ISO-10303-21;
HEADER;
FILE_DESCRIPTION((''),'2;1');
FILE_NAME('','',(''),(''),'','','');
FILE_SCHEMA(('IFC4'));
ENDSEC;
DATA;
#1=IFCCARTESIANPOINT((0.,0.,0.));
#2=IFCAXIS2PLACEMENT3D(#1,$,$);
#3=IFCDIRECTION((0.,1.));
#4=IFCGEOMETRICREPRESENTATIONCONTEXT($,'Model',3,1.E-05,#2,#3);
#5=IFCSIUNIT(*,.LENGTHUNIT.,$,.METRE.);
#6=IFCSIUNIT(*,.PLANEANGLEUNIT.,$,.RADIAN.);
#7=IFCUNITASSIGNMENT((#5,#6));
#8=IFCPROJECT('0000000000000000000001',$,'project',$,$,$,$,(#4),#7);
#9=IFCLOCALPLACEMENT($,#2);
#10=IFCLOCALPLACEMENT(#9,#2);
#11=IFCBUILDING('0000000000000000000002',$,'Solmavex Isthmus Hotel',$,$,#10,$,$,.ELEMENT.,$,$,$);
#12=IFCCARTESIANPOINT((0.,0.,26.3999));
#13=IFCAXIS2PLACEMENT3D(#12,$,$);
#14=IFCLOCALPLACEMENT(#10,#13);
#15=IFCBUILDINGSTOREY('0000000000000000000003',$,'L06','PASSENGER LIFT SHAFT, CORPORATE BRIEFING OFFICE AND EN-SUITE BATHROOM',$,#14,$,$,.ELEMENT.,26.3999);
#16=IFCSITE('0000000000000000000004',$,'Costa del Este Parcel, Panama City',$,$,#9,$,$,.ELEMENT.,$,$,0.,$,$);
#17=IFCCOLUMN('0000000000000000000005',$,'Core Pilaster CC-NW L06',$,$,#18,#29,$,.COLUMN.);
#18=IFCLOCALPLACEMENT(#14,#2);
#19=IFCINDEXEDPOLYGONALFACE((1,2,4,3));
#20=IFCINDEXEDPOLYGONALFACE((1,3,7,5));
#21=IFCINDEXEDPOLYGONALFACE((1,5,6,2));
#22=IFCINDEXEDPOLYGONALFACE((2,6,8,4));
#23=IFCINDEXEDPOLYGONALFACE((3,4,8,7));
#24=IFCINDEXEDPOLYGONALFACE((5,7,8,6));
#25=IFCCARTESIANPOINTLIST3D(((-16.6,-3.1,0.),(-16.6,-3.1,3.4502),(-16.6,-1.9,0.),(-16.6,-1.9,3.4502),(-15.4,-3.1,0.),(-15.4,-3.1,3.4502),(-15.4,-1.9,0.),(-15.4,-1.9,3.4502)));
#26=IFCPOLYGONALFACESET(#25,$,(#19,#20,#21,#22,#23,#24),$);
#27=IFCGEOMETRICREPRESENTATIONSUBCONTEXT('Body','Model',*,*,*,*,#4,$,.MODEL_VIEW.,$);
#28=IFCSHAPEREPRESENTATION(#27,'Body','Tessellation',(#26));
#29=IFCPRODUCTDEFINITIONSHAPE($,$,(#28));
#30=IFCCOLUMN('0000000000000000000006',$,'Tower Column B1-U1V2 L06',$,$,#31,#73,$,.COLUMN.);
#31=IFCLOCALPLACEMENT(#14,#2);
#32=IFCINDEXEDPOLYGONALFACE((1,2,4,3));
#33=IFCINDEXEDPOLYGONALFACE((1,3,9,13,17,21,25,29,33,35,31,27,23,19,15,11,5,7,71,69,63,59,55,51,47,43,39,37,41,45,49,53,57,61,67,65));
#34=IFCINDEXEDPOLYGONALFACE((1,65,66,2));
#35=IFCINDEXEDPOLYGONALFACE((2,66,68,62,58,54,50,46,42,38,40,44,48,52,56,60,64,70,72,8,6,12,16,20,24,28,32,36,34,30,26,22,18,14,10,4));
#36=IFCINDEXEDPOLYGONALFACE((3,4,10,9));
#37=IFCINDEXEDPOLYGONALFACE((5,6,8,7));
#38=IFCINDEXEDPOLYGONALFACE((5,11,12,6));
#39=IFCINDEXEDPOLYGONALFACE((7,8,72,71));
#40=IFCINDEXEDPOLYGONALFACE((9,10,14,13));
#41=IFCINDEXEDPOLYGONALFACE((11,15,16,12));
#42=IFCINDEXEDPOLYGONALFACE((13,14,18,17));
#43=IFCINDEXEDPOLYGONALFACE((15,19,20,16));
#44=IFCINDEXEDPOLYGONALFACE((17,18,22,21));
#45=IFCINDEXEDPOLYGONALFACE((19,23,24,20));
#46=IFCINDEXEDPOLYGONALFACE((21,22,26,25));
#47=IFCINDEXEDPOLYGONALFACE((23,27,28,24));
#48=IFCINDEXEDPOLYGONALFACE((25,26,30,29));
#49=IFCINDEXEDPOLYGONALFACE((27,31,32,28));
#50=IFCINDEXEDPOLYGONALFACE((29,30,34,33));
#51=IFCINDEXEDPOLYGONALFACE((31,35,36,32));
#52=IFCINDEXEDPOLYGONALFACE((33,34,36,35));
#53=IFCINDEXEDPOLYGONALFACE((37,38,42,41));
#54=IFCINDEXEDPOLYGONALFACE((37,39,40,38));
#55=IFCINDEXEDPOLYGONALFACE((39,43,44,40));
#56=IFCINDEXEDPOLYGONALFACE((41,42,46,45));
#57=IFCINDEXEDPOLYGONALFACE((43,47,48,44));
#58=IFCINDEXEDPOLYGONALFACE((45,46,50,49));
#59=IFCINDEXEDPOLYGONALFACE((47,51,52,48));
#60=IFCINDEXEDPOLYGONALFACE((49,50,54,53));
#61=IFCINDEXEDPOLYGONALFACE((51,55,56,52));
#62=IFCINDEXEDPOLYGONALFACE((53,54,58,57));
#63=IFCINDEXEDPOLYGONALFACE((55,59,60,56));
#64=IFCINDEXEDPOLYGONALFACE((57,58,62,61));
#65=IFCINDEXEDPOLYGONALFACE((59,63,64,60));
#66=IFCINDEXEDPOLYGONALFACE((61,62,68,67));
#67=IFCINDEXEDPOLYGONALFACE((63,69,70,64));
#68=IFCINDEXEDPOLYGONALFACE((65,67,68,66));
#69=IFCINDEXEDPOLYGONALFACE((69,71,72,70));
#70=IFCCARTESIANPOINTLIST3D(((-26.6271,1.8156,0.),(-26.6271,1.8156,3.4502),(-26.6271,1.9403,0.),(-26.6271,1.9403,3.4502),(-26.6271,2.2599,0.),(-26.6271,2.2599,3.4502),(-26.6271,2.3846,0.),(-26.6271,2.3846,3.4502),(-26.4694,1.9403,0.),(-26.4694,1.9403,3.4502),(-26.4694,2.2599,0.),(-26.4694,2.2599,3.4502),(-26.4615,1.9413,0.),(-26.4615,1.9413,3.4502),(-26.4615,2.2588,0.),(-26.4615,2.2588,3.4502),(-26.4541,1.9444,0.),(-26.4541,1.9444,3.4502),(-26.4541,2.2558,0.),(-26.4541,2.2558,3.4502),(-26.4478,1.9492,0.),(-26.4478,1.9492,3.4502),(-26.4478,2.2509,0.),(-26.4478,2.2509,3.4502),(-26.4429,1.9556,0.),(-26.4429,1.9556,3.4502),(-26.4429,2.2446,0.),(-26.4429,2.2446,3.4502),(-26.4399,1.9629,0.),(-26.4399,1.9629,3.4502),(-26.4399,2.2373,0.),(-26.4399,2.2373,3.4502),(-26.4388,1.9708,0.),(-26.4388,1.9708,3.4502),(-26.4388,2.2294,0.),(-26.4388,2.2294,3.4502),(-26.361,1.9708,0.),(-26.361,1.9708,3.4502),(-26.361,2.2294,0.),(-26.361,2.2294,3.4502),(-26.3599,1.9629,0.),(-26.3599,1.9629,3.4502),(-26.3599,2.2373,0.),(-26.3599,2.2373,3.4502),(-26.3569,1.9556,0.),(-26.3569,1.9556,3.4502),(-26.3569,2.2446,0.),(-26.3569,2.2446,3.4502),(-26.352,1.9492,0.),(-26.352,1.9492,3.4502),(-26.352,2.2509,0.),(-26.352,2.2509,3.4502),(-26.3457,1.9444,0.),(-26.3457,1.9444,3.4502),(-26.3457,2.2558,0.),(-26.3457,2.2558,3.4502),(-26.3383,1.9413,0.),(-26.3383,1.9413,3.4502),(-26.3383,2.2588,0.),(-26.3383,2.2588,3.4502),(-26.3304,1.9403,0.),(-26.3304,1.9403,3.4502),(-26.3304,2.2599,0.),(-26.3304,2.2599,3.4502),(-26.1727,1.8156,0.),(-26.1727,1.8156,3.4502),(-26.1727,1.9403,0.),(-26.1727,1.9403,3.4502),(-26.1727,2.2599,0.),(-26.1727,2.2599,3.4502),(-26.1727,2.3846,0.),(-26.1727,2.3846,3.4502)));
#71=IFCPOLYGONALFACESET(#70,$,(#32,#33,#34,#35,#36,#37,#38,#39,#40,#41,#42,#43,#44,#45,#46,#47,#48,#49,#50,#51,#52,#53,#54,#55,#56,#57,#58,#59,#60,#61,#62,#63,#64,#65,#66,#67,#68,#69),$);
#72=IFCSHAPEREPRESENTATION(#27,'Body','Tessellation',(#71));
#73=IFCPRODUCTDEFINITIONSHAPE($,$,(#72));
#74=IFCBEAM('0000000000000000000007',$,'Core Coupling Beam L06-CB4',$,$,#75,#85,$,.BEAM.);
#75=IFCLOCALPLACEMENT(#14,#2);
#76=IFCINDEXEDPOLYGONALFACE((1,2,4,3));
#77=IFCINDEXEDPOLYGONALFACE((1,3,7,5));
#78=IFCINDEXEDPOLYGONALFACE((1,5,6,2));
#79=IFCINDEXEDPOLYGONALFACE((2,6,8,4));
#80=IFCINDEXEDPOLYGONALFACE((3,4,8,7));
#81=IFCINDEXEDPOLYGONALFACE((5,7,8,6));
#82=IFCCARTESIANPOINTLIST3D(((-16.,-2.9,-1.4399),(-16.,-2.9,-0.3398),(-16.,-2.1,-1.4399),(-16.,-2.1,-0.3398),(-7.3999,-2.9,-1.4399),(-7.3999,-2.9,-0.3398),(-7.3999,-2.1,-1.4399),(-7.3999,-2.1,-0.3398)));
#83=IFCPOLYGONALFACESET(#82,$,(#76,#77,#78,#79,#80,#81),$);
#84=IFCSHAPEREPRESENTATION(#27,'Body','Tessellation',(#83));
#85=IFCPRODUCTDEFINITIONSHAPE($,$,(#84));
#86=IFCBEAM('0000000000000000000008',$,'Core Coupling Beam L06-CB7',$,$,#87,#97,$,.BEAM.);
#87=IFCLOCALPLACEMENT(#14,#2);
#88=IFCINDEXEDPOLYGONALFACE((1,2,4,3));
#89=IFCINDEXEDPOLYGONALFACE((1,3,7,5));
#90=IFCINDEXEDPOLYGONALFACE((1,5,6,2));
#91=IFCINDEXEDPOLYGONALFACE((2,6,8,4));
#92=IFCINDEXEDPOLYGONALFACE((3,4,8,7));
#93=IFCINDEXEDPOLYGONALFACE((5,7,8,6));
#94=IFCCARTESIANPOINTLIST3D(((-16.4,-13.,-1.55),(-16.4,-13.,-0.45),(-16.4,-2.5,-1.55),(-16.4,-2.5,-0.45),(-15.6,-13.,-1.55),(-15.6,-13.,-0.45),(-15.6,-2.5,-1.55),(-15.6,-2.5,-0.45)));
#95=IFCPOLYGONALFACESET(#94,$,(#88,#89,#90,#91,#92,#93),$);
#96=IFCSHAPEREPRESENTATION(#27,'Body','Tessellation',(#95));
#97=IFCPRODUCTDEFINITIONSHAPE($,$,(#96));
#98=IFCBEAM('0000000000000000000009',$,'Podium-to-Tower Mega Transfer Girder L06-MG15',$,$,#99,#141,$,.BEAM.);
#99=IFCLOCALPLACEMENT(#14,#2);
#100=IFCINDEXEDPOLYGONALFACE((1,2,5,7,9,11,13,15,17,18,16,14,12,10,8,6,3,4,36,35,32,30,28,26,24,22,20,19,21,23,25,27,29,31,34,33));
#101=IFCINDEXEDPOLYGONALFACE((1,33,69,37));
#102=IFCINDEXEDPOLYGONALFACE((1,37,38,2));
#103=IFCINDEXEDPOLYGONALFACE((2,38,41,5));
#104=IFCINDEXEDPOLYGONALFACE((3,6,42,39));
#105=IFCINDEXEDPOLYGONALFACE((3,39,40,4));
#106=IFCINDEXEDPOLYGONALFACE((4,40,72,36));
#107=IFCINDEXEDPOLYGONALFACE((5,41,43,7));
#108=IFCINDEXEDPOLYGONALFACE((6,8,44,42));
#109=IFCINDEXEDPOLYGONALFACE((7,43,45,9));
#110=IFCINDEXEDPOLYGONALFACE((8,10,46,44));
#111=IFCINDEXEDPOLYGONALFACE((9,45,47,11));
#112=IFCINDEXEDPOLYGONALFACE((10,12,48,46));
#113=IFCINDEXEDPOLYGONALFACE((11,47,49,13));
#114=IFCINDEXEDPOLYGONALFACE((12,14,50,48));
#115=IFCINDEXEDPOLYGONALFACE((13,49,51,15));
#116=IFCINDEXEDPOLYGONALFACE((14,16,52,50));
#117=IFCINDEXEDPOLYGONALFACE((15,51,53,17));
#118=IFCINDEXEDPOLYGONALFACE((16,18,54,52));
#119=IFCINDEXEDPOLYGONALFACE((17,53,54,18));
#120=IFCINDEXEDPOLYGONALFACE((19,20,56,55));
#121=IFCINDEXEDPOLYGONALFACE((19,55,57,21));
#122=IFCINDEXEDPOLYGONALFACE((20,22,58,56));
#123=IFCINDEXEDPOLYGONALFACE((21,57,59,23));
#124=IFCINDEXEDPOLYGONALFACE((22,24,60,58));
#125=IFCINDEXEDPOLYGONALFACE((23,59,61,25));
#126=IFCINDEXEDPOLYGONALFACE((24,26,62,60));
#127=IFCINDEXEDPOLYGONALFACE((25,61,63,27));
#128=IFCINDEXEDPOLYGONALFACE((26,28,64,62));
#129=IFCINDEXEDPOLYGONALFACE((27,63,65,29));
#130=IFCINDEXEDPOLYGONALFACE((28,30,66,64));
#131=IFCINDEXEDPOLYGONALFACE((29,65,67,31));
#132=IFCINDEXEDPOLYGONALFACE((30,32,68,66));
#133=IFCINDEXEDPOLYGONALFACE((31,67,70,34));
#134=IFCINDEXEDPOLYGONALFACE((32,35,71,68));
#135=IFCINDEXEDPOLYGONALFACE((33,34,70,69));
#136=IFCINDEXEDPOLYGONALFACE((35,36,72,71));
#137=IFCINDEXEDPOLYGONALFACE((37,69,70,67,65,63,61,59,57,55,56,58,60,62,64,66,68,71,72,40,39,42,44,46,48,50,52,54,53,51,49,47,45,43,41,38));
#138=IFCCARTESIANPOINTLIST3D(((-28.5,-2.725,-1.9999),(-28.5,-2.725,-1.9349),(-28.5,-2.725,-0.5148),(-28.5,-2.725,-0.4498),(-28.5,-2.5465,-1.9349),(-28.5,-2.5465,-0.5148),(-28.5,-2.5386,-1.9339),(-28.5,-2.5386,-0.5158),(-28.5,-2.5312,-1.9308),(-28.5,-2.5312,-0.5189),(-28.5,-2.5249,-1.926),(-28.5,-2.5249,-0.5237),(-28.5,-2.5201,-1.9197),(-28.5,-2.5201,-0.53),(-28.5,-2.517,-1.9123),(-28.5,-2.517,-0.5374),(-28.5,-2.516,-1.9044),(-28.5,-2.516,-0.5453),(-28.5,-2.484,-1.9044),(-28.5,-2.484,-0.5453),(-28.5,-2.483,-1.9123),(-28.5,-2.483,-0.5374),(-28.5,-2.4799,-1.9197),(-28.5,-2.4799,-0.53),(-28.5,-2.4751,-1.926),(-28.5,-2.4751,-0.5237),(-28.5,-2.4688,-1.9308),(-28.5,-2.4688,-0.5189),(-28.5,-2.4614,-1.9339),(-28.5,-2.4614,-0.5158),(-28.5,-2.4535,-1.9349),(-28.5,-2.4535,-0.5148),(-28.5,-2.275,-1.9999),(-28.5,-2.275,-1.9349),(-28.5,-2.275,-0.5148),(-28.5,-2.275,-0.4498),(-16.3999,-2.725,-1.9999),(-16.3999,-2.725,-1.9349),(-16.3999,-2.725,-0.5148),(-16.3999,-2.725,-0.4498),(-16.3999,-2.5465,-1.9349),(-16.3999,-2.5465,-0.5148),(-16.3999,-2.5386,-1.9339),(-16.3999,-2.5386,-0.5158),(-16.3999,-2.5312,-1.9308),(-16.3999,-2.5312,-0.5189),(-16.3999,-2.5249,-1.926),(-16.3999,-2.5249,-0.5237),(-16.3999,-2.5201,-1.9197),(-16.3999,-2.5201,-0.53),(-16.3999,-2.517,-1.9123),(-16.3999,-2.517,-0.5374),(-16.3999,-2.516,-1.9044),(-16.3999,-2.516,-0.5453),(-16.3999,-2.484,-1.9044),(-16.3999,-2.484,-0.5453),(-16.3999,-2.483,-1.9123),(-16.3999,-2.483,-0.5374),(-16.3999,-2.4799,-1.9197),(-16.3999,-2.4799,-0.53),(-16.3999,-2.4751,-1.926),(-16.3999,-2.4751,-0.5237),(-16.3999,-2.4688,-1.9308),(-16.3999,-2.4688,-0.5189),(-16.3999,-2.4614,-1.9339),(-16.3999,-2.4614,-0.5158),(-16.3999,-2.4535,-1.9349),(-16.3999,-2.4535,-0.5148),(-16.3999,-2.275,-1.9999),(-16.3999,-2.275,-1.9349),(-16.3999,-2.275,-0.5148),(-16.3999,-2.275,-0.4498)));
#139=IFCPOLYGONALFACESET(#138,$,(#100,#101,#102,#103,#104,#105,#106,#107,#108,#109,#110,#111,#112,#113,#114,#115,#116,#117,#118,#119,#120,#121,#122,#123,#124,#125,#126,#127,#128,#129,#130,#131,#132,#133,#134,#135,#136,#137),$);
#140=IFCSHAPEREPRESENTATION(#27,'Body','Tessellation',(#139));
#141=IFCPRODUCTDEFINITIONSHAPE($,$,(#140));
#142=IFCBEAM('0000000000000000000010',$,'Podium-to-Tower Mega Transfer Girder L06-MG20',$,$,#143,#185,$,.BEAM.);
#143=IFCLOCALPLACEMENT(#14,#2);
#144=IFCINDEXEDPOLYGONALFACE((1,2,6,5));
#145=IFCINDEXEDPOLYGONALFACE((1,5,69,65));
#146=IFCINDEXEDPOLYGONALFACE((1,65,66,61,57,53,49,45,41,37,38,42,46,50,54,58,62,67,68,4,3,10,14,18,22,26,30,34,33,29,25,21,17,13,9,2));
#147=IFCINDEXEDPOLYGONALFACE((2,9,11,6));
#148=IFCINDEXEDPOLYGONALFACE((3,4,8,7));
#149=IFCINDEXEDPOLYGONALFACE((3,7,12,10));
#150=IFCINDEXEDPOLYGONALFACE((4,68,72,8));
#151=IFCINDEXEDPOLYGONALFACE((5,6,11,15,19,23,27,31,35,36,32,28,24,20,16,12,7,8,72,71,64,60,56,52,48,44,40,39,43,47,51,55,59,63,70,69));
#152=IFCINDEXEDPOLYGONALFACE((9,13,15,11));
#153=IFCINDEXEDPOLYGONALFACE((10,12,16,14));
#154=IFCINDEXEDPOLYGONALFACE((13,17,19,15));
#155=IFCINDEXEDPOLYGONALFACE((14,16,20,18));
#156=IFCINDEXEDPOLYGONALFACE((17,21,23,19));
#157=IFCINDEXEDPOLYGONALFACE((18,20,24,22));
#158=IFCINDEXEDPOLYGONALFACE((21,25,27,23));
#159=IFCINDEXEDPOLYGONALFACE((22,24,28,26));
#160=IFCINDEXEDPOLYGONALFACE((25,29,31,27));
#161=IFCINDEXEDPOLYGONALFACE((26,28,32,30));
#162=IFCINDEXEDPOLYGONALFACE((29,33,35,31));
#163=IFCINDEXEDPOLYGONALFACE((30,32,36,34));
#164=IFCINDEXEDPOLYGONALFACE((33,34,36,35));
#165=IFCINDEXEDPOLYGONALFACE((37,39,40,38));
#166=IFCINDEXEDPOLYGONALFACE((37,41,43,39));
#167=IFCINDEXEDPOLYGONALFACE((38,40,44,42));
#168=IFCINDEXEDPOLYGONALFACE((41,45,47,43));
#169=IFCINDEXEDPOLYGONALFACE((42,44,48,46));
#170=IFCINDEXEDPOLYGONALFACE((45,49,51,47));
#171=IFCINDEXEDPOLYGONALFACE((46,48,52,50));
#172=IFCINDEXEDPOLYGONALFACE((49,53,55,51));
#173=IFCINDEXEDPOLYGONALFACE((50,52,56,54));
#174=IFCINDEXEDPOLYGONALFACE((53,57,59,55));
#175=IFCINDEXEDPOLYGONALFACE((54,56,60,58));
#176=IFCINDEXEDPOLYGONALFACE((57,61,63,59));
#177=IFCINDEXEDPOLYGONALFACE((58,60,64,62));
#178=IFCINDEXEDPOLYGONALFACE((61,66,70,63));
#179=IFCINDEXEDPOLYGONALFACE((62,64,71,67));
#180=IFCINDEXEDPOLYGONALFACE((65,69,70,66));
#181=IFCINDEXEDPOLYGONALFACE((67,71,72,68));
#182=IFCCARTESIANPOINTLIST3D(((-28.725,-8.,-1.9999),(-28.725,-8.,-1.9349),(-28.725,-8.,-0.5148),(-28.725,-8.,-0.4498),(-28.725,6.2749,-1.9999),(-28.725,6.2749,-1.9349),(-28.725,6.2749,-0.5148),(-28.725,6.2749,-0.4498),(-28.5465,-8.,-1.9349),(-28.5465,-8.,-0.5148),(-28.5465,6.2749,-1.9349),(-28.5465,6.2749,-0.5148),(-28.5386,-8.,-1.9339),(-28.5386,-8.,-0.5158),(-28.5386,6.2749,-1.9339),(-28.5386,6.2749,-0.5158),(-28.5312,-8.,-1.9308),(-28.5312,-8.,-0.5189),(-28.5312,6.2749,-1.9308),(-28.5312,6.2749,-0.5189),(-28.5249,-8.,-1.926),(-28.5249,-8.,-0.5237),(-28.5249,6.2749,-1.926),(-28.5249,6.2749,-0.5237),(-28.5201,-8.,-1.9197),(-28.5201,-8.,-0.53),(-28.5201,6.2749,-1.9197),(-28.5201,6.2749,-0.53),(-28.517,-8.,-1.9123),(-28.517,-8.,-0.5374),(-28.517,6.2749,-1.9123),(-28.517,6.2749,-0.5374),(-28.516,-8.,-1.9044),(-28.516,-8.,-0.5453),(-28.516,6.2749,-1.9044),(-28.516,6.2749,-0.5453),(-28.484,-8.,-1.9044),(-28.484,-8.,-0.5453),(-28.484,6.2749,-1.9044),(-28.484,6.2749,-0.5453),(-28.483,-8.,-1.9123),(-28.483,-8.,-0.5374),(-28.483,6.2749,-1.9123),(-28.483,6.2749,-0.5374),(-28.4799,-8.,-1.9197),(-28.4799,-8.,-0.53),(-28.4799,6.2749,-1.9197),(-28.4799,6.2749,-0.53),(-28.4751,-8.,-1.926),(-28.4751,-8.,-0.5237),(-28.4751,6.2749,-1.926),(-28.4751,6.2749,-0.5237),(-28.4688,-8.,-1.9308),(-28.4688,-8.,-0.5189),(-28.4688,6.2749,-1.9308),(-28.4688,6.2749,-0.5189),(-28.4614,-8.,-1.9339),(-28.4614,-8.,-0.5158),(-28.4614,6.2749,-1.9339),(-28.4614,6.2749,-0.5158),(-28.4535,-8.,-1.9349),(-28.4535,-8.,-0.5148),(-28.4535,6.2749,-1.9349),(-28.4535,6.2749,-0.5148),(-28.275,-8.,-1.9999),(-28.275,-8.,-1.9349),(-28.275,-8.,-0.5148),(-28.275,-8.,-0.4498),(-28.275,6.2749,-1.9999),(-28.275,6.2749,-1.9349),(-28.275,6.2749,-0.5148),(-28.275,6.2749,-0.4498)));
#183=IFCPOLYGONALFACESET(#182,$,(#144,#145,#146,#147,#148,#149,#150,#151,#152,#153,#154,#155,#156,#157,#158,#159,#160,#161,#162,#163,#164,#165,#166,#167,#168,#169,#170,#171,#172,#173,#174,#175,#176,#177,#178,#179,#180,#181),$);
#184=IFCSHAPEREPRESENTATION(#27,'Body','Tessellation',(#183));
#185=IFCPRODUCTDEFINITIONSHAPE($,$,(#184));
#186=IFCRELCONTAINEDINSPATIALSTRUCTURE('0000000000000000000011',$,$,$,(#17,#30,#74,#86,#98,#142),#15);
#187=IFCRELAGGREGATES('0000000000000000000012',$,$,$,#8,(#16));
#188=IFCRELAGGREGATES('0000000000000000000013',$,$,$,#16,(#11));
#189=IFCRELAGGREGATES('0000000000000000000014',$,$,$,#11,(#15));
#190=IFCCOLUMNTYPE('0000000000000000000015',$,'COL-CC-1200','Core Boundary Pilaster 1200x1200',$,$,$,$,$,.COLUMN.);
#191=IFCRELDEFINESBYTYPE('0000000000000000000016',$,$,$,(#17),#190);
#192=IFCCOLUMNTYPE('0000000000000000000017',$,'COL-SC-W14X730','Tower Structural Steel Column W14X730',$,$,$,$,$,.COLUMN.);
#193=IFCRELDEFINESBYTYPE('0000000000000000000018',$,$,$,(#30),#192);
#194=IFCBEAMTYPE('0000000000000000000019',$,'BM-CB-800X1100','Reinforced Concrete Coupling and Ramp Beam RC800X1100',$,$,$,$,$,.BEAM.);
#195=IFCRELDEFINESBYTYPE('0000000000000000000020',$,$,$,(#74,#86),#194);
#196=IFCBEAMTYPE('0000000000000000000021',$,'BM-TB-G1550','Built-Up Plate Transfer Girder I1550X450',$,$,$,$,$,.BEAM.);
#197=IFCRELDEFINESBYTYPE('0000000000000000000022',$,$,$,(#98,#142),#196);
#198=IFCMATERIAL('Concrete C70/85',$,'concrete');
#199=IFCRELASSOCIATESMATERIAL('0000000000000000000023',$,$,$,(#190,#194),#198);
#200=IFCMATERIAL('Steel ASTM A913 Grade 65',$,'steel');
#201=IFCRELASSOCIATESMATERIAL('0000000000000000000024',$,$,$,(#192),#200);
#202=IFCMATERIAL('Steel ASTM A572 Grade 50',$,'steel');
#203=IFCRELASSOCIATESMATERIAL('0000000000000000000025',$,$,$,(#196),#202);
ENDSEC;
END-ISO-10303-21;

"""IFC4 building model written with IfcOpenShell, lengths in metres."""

from ifc_helpers import new_model, si_unit, direction, frame, origin, origin_2d, place, context, subcontext, project, spatial, rectangle, i_section, extrude, material, material_profile, profile_set, type_object, element, save


model = new_model("IFC4")

# Units and contexts
model_context = context("Model", 3, precision=1e-05, world=origin(), true_north=direction((0.0, 1.0)))
body_context = subcontext(model_context, "Body", "Model", "MODEL_VIEW")
ifc_project = project(units=[si_unit("LENGTHUNIT", "METRE"), si_unit("PLANEANGLEUNIT", "RADIAN")], contexts=[model_context])

# Site, building, storey
site_placement = place(None, origin())
site = spatial("IfcSite", under=ifc_project, at=site_placement, Name="Costa del Este Parcel, Panama City", CompositionType="ELEMENT", RefElevation=0.0)
building_placement = place(site_placement, origin())
building = spatial("IfcBuilding", under=site, at=building_placement, Name="Solmavex Isthmus Hotel", CompositionType="ELEMENT")
storey_placement = place(building_placement, frame((0.0, 0.0, 26.3999)))
storey = spatial("IfcBuildingStorey", under=building, at=storey_placement, Name="L06", Description="PASSENGER LIFT SHAFT, CORPORATE BRIEFING OFFICE AND EN-SUITE BATHROOM", CompositionType="ELEMENT", Elevation=26.3999)

# Columns
ifc_material_1 = material(Name="Concrete C70/85", Category="concrete")
ifc_material_profile_1 = material_profile(ifc_material_1, rectangle(XDim=1.2, YDim=1.2, at=origin_2d()), Name="RC1200X1200")
ifc_profile_set_1 = profile_set([ifc_material_profile_1], Name="Concrete C70/85")
column_type_1 = type_object("IfcColumnType", Name="COL-CC-1200", Description="Core Boundary Pilaster 1200x1200", PredefinedType="COLUMN", material=ifc_profile_set_1)
column_1_placement = place(storey_placement, frame((-16.0, -2.5, 0.0), z_axis=(0.0, 0.0, 1.0), x_axis=(1.0, 0.0, 0.0)))
element("IfcColumn", 1, at=column_1_placement, inside=storey, type_object=column_type_1, Name="Core Pilaster CC-NW L06", PredefinedType="COLUMN", context=body_context, shape_type="SweptSolid", body=[
    extrude(rectangle(XDim=1.2, YDim=1.2, at=origin_2d()), origin(), (0.0, 0.0, 1.0), 3.4502),
])
ifc_material_2 = material(Name="Steel ASTM A913 Grade 65", Category="steel")
ifc_material_profile_2 = material_profile(ifc_material_2, i_section(OverallWidth=0.4543, OverallDepth=0.5691, WebThickness=0.0779, FlangeThickness=0.1248, FilletRadius=0.0305, at=origin_2d()), Name="W14X730")
ifc_profile_set_2 = profile_set([ifc_material_profile_2], Name="Steel ASTM A913 Grade 65")
column_type_2 = type_object("IfcColumnType", Name="COL-SC-W14X730", Description="Tower Structural Steel Column W14X730", PredefinedType="COLUMN", material=ifc_profile_set_2)
column_2_placement = place(storey_placement, frame((-26.3999, 2.1001, 0.0), z_axis=(0.0, 0.0, 1.0), x_axis=(1.0, 0.0, 0.0)))
element("IfcColumn", 2, at=column_2_placement, inside=storey, type_object=column_type_2, Name="Tower Column B1-U1V2 L06", PredefinedType="COLUMN", context=body_context, shape_type="SweptSolid", body=[
    extrude(i_section(OverallWidth=0.4543, OverallDepth=0.5691, WebThickness=0.0779, FlangeThickness=0.1248, FilletRadius=0.0305, at=origin_2d()), origin(), (0.0, 0.0, 1.0), 3.4502),
])

# Beams
ifc_material_profile_3 = material_profile(ifc_material_1, rectangle(XDim=0.8, YDim=1.1001, at=origin_2d()), Name="RC800X1100")
ifc_profile_set_3 = profile_set([ifc_material_profile_3], Name="Concrete C70/85")
beam_type_1 = type_object("IfcBeamType", Name="BM-CB-800X1100", Description="Reinforced Concrete Coupling and Ramp Beam RC800X1100", PredefinedType="BEAM", material=ifc_profile_set_3)
beam_1_placement = place(storey_placement, frame((-16.0, -2.5, -0.8899), z_axis=(1.0, 0.0, 0.0), x_axis=(0.0, 1.0, 0.0)))
element("IfcBeam", 3, at=beam_1_placement, inside=storey, type_object=beam_type_1, Name="Core Coupling Beam L06-CB4", PredefinedType="BEAM", context=body_context, shape_type="SweptSolid", body=[
    extrude(rectangle(XDim=0.8, YDim=1.1001, at=origin_2d()), origin(), (0.0, 0.0, 1.0), 8.6001),
])
beam_2_placement = place(storey_placement, frame((-16.0, -13.0, -1.0), z_axis=(0.0, 1.0, 0.0), x_axis=(-1.0, 0.0, 0.0)))
element("IfcBeam", 4, at=beam_2_placement, inside=storey, type_object=beam_type_1, Name="Core Coupling Beam L06-CB7", PredefinedType="BEAM", context=body_context, shape_type="SweptSolid", body=[
    extrude(rectangle(XDim=0.8, YDim=1.1001, at=origin_2d()), origin(), (0.0, 0.0, 1.0), 10.5),
])
ifc_material_3 = material(Name="Steel ASTM A572 Grade 50", Category="steel")
ifc_material_profile_4 = material_profile(ifc_material_3, i_section(OverallWidth=0.45, OverallDepth=1.55, WebThickness=0.032, FlangeThickness=0.0649, FilletRadius=0.0305, at=origin_2d()), Name="I1550X450")
ifc_profile_set_4 = profile_set([ifc_material_profile_4], Name="Steel ASTM A572 Grade 50")
beam_type_2 = type_object("IfcBeamType", Name="BM-TB-G1550", Description="Built-Up Plate Transfer Girder I1550X450", PredefinedType="BEAM", material=ifc_profile_set_4)
beam_3_placement = place(storey_placement, frame((-28.5, -2.5, -1.2249), z_axis=(1.0, 0.0, 0.0), x_axis=(0.0, 1.0, 0.0)))
element("IfcBeam", 5, at=beam_3_placement, inside=storey, type_object=beam_type_2, Name="Podium-to-Tower Mega Transfer Girder L06-MG15", PredefinedType="BEAM", context=body_context, shape_type="SweptSolid", body=[
    extrude(i_section(OverallWidth=0.45, OverallDepth=1.55, WebThickness=0.032, FlangeThickness=0.0649, FilletRadius=0.0305, at=origin_2d()), origin(), (0.0, 0.0, 1.0), 12.1001),
])
beam_4_placement = place(storey_placement, frame((-28.5, -8.0, -1.2249), z_axis=(0.0, 1.0, 0.0), x_axis=(-1.0, 0.0, 0.0)))
element("IfcBeam", 6, at=beam_4_placement, inside=storey, type_object=beam_type_2, Name="Podium-to-Tower Mega Transfer Girder L06-MG20", PredefinedType="BEAM", context=body_context, shape_type="SweptSolid", body=[
    extrude(i_section(OverallWidth=0.45, OverallDepth=1.55, WebThickness=0.032, FlangeThickness=0.0649, FilletRadius=0.0305, at=origin_2d()), origin(), (0.0, 0.0, 1.0), 14.2749),
])

save(model, "model.ifc")
